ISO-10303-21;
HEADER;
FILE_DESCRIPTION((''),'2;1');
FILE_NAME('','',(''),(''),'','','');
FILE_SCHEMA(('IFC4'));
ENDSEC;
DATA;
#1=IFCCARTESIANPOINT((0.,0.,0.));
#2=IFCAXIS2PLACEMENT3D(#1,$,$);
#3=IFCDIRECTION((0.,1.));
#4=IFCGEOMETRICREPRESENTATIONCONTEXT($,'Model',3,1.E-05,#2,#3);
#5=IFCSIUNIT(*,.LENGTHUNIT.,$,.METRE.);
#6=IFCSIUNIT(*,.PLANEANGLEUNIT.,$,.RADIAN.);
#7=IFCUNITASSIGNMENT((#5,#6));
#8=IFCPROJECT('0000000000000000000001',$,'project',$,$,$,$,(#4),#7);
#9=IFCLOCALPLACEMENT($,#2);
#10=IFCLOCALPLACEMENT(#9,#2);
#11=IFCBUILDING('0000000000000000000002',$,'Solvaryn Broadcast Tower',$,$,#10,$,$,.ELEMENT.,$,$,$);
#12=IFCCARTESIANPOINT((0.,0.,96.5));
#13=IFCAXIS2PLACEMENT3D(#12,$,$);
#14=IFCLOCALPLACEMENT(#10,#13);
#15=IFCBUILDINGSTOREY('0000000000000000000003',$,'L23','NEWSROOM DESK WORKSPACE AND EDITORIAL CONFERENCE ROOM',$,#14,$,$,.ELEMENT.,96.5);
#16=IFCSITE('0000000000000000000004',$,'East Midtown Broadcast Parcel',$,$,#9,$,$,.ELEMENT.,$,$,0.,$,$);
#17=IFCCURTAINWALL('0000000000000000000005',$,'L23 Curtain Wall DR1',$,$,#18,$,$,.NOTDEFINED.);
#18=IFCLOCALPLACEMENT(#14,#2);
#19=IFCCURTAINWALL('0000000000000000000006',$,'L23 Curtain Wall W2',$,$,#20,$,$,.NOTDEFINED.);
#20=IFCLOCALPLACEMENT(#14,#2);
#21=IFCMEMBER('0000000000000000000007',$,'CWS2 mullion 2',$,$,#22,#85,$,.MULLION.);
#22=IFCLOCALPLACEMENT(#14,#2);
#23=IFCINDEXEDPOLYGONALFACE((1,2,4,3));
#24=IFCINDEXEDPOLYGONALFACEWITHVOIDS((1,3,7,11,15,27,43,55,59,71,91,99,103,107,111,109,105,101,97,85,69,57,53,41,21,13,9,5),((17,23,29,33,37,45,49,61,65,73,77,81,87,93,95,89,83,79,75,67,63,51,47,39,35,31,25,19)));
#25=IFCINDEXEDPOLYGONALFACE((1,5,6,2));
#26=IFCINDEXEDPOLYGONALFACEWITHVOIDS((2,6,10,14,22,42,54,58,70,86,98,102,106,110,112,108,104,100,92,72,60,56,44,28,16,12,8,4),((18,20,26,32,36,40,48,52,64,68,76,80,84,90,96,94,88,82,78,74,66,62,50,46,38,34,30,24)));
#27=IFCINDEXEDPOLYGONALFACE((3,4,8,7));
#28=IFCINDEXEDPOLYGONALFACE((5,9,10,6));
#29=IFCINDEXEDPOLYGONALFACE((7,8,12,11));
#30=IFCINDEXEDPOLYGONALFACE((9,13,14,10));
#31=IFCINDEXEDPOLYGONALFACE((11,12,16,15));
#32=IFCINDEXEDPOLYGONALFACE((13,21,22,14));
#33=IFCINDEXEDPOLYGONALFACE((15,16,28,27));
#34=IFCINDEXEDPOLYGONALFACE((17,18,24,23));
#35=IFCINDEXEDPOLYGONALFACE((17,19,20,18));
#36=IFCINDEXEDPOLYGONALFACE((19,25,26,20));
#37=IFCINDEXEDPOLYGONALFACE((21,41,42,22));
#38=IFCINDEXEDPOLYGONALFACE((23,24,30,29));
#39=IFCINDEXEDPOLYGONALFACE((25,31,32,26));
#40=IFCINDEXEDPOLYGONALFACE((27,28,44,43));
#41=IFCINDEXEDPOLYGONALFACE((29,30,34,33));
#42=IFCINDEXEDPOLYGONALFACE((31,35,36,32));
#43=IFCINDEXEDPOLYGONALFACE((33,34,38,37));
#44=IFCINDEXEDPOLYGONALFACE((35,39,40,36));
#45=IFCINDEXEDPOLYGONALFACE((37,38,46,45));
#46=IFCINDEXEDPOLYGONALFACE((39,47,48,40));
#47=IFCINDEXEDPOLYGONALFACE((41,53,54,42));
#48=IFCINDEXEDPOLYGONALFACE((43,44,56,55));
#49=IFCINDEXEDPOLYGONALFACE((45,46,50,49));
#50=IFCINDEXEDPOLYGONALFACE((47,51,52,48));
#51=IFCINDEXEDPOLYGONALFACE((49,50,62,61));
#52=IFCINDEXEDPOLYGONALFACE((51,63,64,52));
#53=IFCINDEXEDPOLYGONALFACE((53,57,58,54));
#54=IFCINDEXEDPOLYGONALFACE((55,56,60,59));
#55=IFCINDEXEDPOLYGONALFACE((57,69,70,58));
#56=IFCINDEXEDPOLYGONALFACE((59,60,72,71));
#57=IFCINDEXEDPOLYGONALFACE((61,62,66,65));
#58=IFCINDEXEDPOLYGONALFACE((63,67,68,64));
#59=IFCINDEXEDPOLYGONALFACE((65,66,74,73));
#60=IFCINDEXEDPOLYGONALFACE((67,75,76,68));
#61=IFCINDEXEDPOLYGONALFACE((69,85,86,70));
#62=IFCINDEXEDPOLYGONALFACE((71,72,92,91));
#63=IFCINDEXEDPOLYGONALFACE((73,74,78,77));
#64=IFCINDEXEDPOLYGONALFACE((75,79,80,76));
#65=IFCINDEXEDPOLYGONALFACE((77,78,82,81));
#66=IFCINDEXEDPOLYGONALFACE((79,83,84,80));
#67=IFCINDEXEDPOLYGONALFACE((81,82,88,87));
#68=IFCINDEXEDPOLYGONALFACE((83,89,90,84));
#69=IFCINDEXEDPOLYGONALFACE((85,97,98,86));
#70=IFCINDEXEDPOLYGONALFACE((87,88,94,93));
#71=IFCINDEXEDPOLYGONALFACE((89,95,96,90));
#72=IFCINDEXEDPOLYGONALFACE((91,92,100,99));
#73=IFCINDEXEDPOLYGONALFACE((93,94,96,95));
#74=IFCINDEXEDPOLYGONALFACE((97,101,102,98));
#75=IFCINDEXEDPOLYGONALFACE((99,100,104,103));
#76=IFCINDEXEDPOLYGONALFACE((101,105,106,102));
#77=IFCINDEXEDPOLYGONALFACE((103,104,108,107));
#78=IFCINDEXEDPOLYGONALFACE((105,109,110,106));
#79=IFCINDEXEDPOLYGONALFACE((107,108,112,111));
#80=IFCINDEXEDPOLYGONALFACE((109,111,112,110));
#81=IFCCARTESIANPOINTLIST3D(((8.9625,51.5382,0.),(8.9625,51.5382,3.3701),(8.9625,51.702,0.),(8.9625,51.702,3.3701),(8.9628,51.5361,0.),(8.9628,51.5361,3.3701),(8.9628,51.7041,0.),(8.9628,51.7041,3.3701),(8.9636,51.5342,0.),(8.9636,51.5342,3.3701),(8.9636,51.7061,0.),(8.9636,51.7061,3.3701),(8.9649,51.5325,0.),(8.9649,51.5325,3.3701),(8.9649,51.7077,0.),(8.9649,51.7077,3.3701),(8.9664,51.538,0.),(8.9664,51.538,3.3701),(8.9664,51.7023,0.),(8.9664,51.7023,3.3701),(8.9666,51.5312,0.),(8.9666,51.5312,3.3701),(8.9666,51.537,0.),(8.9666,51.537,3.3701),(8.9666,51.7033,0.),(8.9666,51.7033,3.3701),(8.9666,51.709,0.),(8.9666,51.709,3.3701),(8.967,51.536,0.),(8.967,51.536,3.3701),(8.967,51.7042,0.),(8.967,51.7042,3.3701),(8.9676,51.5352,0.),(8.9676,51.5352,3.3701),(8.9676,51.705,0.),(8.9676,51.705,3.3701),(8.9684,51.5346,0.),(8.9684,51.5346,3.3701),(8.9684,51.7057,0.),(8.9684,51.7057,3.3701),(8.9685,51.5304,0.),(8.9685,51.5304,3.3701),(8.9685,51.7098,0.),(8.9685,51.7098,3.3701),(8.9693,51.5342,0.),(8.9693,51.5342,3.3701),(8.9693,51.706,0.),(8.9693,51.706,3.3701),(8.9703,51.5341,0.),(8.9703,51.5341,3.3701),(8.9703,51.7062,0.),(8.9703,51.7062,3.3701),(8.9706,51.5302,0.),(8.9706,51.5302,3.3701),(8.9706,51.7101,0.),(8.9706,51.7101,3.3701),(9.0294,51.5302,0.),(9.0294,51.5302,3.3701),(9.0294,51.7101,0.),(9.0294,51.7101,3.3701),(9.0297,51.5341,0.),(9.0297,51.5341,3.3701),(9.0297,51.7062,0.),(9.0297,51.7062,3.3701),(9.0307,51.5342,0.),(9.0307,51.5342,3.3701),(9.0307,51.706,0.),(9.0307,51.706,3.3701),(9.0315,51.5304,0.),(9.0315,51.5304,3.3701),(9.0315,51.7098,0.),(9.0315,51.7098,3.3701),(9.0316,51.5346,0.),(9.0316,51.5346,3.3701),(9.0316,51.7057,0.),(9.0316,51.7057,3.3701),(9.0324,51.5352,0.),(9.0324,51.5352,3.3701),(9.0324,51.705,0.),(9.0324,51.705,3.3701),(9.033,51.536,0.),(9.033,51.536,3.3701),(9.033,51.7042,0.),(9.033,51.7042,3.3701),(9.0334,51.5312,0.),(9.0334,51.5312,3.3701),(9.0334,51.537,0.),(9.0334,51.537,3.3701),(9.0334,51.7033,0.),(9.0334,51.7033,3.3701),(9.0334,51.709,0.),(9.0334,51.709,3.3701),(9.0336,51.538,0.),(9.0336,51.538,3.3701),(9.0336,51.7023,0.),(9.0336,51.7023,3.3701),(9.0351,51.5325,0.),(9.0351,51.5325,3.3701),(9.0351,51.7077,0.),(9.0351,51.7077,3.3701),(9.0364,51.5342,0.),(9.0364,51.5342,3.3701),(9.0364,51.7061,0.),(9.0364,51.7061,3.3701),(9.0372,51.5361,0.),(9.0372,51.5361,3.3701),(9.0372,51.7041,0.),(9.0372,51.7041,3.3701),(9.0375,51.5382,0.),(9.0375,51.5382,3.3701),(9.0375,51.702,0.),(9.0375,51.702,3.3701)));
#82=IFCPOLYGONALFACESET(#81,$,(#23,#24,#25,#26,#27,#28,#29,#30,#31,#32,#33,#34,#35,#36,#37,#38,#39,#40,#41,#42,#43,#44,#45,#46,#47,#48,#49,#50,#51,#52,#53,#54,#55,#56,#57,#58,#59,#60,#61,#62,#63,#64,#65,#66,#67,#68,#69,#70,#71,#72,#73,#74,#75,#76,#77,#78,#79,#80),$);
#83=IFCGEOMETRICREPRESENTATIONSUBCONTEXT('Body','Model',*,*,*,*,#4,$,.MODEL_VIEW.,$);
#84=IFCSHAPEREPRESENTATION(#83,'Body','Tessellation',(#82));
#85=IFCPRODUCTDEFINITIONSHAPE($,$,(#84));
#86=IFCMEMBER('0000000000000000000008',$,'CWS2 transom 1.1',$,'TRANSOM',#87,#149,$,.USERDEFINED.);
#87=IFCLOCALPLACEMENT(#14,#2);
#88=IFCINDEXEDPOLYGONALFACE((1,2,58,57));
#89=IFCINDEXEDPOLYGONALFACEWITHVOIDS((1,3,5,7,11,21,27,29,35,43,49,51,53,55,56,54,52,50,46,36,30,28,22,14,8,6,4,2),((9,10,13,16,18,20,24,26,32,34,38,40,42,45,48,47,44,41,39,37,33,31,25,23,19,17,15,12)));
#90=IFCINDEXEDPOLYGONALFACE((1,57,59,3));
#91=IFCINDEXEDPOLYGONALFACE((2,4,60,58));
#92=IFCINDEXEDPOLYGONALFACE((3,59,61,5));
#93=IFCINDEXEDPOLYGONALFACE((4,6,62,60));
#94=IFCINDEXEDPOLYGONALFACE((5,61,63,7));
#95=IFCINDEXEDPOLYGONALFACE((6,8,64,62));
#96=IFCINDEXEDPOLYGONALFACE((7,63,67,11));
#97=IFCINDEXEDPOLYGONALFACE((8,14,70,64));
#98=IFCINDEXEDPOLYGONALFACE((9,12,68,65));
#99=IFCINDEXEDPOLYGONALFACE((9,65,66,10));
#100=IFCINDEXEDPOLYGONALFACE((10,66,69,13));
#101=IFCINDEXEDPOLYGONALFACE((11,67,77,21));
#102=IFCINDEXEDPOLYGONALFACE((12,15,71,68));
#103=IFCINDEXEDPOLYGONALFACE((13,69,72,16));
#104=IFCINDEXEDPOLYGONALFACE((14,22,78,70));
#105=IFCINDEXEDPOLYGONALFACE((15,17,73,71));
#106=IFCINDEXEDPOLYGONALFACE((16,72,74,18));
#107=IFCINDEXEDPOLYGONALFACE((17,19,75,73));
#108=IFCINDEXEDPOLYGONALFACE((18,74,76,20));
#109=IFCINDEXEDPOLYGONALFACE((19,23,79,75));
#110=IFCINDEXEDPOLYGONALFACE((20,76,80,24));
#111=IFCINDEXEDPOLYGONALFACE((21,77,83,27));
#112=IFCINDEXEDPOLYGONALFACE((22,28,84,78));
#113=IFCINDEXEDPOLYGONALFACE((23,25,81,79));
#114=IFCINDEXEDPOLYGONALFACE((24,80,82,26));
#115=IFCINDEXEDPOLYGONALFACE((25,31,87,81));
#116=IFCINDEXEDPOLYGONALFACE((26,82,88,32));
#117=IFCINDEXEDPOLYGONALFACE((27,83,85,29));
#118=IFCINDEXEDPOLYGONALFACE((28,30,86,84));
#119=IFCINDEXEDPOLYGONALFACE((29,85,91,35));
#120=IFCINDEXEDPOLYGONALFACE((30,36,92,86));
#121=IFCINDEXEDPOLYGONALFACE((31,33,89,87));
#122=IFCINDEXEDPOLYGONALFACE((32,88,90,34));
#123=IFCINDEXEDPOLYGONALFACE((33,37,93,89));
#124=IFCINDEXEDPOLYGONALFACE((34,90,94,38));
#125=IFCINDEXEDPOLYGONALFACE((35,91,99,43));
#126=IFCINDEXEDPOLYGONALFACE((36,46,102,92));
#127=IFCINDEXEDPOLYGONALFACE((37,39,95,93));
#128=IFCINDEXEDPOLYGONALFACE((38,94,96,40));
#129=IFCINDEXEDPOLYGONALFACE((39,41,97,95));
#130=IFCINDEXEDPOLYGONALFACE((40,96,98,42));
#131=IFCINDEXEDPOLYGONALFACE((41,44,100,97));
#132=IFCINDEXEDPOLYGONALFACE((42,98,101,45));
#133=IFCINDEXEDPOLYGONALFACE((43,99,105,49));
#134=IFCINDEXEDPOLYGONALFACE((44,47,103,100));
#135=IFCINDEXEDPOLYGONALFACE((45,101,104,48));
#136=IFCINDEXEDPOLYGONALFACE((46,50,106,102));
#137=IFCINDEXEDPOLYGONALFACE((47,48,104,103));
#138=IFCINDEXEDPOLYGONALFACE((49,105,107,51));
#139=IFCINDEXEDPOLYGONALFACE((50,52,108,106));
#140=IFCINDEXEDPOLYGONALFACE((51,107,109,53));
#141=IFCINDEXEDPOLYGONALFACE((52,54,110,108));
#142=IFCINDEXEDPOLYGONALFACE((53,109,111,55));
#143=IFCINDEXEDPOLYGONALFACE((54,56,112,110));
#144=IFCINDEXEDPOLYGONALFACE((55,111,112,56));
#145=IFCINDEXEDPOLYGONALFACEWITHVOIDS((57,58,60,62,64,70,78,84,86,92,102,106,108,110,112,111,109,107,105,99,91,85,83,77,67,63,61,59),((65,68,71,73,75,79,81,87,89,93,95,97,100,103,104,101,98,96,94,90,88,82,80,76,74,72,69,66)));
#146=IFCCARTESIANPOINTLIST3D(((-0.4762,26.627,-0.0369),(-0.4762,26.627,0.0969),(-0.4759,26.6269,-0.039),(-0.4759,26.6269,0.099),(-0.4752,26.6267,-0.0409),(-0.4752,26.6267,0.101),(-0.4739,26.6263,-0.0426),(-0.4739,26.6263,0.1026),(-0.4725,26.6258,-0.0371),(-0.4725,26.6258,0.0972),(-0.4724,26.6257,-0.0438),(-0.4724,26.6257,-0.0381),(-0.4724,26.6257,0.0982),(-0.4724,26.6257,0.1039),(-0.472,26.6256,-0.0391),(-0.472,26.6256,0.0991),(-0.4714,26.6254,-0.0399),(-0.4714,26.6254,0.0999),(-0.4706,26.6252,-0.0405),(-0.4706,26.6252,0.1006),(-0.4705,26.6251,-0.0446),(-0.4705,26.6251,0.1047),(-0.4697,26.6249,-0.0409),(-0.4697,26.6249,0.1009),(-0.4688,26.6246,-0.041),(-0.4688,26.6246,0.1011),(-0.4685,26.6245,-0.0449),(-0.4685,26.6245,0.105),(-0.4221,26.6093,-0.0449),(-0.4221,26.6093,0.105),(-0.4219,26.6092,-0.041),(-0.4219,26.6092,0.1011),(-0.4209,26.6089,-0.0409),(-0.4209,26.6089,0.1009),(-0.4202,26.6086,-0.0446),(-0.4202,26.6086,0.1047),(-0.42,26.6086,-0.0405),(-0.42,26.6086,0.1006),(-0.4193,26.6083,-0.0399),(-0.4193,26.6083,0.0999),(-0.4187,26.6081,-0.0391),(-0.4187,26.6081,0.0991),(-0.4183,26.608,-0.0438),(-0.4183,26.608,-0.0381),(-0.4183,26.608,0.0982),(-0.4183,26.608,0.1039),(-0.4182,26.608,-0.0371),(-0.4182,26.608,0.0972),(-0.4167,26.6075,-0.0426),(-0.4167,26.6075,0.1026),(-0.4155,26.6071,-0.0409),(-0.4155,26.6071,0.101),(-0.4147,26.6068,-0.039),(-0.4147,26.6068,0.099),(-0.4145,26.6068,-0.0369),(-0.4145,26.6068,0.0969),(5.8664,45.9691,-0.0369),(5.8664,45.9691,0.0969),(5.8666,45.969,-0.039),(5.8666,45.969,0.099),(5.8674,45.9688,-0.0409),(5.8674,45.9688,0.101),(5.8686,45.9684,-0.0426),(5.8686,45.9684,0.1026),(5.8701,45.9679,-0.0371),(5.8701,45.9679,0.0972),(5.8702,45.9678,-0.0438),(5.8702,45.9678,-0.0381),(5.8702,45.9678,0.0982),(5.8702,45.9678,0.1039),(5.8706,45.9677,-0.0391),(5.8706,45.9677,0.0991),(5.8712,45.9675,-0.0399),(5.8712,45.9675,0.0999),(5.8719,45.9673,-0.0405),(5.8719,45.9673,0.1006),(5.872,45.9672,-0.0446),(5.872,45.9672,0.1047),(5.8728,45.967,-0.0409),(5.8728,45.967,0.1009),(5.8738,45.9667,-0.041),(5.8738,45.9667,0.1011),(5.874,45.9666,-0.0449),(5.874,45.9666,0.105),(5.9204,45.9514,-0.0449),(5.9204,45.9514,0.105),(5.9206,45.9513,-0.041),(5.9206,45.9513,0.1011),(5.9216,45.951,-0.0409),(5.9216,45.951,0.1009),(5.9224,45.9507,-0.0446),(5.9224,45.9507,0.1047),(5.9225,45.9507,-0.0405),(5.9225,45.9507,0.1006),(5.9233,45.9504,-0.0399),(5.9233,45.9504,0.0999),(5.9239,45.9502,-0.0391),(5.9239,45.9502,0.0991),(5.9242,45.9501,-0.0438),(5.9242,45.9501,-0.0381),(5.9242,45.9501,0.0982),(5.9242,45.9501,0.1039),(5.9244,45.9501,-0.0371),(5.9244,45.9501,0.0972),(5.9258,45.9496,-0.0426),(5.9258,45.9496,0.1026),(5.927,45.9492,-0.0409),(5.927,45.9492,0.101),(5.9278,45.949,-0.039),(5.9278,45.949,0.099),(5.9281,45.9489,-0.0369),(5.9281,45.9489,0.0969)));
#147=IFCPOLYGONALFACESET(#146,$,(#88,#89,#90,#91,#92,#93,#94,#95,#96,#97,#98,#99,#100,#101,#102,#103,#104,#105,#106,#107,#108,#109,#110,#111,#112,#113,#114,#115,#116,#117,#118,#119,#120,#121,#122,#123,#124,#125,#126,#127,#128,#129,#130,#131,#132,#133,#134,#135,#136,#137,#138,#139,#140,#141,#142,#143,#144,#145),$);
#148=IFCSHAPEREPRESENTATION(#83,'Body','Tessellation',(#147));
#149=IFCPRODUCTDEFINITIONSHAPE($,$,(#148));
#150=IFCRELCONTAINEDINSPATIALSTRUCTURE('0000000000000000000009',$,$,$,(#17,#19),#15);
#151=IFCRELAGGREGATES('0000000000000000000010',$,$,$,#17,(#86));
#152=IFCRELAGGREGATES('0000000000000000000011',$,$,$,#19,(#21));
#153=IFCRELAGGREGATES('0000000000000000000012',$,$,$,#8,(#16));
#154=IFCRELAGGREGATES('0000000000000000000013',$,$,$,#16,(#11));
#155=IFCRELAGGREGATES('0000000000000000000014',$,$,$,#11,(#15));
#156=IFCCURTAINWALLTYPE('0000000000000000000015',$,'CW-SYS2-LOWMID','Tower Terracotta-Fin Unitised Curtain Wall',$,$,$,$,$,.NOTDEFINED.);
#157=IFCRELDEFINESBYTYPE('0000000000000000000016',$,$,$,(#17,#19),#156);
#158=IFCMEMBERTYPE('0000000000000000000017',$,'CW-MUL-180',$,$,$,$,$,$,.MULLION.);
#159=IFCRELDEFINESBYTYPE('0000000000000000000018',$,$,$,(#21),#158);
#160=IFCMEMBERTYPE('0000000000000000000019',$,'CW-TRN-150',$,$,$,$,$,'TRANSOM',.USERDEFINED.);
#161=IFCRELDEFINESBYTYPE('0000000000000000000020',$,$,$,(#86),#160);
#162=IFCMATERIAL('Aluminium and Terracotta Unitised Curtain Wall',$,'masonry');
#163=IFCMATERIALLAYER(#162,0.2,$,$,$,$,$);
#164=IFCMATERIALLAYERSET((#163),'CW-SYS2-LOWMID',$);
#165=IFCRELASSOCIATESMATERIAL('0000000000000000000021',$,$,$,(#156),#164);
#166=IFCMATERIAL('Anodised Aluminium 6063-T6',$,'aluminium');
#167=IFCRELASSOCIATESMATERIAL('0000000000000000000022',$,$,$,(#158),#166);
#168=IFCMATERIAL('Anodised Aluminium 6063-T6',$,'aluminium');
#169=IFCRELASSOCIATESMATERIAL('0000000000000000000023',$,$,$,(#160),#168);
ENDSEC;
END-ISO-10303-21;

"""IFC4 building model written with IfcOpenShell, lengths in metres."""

from ifc_helpers import new_model, si_unit, direction, frame, origin, origin_2d, place, context, subcontext, project, spatial, hollow_rectangle, extrude, material, layer, layer_set, material_profile, profile_set, type_object, element, aggregate, save


model = new_model("IFC4")

# Units and contexts
model_context = context("Model", 3, precision=1e-05, world=origin(), true_north=direction((0.0, 1.0)))
body_context = subcontext(model_context, "Body", "Model", "MODEL_VIEW")
ifc_project = project(units=[si_unit("LENGTHUNIT", "METRE"), si_unit("PLANEANGLEUNIT", "RADIAN")], contexts=[model_context])

# Site, building, storey
site_placement = place(None, origin())
site = spatial("IfcSite", under=ifc_project, at=site_placement, Name="East Midtown Broadcast Parcel", CompositionType="ELEMENT", RefElevation=0.0)
building_placement = place(site_placement, origin())
building = spatial("IfcBuilding", under=site, at=building_placement, Name="Solvaryn Broadcast Tower", CompositionType="ELEMENT")
storey_placement = place(building_placement, frame((0.0, 0.0, 96.5)))
storey = spatial("IfcBuildingStorey", under=building, at=storey_placement, Name="L23", Description="NEWSROOM DESK WORKSPACE AND EDITORIAL CONFERENCE ROOM", CompositionType="ELEMENT", Elevation=96.5)

# Curtain wall
ifc_material_1 = material(Name="Aluminium and Terracotta Unitised Curtain Wall", Category="masonry")
ifc_layer_1 = layer(ifc_material_1, 0.2)
ifc_layer_set_1 = layer_set([ifc_layer_1], Name="CW-SYS2-LOWMID")
curtain_wall_type = type_object("IfcCurtainWallType", Name="CW-SYS2-LOWMID", Description="Tower Terracotta-Fin Unitised Curtain Wall", PredefinedType="NOTDEFINED", material=ifc_layer_set_1)
curtain_wall_1_placement = place(storey_placement, origin())
curtain_wall_1 = element("IfcCurtainWall", 1, at=curtain_wall_1_placement, inside=storey, type_object=curtain_wall_type, Name="L23 Curtain Wall DR1", PredefinedType="NOTDEFINED")
ifc_material_2 = material(Name="Anodised Aluminium 6063-T6", Category="aluminium")
ifc_material_profile_1 = material_profile(ifc_material_2, hollow_rectangle(XDim=0.075, YDim=0.1799, WallThickness=0.0039, InnerFilletRadius=0.0039, OuterFilletRadius=0.0081, at=origin_2d()))
ifc_profile_set_1 = profile_set([ifc_material_profile_1], Name="Anodised Aluminium 6063-T6")
member_type_1 = type_object("IfcMemberType", Name="CW-MUL-180", PredefinedType="MULLION", material=ifc_profile_set_1)

# Curtain wall, member
curtain_wall_2_placement = place(storey_placement, origin())
curtain_wall_2 = element("IfcCurtainWall", 2, at=curtain_wall_2_placement, inside=storey, type_object=curtain_wall_type, Name="L23 Curtain Wall W2", PredefinedType="NOTDEFINED")
member_1_placement = place(storey_placement, frame((9.0, 51.6201, 0.0), z_axis=(0.0, 0.0, 1.0), x_axis=(-1.0, 0.0, 0.0)))
member_1 = element("IfcMember", 3, at=member_1_placement, type_object=member_type_1, Name="CWS2 mullion 2", PredefinedType="MULLION", context=body_context, shape_type="SweptSolid", body=[
    extrude(hollow_rectangle(XDim=0.075, YDim=0.1799, WallThickness=0.0039, InnerFilletRadius=0.0039, OuterFilletRadius=0.0081, at=origin_2d()), origin(), (0.0, 0.0, 1.0), 3.3701),
])

# Member
ifc_material_3 = material(Name="Anodised Aluminium 6063-T6", Category="aluminium")
ifc_material_profile_2 = material_profile(ifc_material_3, hollow_rectangle(XDim=0.0649, YDim=0.1499, WallThickness=0.0039, InnerFilletRadius=0.0039, OuterFilletRadius=0.0081, at=origin_2d()))
ifc_profile_set_2 = profile_set([ifc_material_profile_2], Name="Anodised Aluminium 6063-T6")
member_type_2 = type_object("IfcMemberType", Name="CW-TRN-150", ElementType="TRANSOM", PredefinedType="USERDEFINED", material=ifc_profile_set_2)
member_2_placement = place(storey_placement, frame((5.8972, 45.959, 0.03), z_axis=(-0.31159, -0.950217, 0.0), x_axis=(0.950217, -0.31159, 0.0)))
member_2 = element("IfcMember", 4, at=member_2_placement, type_object=member_type_2, Name="CWS2 transom 1.1", ObjectType="TRANSOM", PredefinedType="USERDEFINED", context=body_context, shape_type="SweptSolid", body=[
    extrude(hollow_rectangle(XDim=0.0649, YDim=0.1499, WallThickness=0.0039, InnerFilletRadius=0.0039, OuterFilletRadius=0.0081, at=origin_2d()), origin(), (0.0, 0.0, 1.0), 20.3555),
])
aggregate(curtain_wall_1, [member_2])

aggregate(curtain_wall_2, [member_1])

save(model, "model.ifc")
